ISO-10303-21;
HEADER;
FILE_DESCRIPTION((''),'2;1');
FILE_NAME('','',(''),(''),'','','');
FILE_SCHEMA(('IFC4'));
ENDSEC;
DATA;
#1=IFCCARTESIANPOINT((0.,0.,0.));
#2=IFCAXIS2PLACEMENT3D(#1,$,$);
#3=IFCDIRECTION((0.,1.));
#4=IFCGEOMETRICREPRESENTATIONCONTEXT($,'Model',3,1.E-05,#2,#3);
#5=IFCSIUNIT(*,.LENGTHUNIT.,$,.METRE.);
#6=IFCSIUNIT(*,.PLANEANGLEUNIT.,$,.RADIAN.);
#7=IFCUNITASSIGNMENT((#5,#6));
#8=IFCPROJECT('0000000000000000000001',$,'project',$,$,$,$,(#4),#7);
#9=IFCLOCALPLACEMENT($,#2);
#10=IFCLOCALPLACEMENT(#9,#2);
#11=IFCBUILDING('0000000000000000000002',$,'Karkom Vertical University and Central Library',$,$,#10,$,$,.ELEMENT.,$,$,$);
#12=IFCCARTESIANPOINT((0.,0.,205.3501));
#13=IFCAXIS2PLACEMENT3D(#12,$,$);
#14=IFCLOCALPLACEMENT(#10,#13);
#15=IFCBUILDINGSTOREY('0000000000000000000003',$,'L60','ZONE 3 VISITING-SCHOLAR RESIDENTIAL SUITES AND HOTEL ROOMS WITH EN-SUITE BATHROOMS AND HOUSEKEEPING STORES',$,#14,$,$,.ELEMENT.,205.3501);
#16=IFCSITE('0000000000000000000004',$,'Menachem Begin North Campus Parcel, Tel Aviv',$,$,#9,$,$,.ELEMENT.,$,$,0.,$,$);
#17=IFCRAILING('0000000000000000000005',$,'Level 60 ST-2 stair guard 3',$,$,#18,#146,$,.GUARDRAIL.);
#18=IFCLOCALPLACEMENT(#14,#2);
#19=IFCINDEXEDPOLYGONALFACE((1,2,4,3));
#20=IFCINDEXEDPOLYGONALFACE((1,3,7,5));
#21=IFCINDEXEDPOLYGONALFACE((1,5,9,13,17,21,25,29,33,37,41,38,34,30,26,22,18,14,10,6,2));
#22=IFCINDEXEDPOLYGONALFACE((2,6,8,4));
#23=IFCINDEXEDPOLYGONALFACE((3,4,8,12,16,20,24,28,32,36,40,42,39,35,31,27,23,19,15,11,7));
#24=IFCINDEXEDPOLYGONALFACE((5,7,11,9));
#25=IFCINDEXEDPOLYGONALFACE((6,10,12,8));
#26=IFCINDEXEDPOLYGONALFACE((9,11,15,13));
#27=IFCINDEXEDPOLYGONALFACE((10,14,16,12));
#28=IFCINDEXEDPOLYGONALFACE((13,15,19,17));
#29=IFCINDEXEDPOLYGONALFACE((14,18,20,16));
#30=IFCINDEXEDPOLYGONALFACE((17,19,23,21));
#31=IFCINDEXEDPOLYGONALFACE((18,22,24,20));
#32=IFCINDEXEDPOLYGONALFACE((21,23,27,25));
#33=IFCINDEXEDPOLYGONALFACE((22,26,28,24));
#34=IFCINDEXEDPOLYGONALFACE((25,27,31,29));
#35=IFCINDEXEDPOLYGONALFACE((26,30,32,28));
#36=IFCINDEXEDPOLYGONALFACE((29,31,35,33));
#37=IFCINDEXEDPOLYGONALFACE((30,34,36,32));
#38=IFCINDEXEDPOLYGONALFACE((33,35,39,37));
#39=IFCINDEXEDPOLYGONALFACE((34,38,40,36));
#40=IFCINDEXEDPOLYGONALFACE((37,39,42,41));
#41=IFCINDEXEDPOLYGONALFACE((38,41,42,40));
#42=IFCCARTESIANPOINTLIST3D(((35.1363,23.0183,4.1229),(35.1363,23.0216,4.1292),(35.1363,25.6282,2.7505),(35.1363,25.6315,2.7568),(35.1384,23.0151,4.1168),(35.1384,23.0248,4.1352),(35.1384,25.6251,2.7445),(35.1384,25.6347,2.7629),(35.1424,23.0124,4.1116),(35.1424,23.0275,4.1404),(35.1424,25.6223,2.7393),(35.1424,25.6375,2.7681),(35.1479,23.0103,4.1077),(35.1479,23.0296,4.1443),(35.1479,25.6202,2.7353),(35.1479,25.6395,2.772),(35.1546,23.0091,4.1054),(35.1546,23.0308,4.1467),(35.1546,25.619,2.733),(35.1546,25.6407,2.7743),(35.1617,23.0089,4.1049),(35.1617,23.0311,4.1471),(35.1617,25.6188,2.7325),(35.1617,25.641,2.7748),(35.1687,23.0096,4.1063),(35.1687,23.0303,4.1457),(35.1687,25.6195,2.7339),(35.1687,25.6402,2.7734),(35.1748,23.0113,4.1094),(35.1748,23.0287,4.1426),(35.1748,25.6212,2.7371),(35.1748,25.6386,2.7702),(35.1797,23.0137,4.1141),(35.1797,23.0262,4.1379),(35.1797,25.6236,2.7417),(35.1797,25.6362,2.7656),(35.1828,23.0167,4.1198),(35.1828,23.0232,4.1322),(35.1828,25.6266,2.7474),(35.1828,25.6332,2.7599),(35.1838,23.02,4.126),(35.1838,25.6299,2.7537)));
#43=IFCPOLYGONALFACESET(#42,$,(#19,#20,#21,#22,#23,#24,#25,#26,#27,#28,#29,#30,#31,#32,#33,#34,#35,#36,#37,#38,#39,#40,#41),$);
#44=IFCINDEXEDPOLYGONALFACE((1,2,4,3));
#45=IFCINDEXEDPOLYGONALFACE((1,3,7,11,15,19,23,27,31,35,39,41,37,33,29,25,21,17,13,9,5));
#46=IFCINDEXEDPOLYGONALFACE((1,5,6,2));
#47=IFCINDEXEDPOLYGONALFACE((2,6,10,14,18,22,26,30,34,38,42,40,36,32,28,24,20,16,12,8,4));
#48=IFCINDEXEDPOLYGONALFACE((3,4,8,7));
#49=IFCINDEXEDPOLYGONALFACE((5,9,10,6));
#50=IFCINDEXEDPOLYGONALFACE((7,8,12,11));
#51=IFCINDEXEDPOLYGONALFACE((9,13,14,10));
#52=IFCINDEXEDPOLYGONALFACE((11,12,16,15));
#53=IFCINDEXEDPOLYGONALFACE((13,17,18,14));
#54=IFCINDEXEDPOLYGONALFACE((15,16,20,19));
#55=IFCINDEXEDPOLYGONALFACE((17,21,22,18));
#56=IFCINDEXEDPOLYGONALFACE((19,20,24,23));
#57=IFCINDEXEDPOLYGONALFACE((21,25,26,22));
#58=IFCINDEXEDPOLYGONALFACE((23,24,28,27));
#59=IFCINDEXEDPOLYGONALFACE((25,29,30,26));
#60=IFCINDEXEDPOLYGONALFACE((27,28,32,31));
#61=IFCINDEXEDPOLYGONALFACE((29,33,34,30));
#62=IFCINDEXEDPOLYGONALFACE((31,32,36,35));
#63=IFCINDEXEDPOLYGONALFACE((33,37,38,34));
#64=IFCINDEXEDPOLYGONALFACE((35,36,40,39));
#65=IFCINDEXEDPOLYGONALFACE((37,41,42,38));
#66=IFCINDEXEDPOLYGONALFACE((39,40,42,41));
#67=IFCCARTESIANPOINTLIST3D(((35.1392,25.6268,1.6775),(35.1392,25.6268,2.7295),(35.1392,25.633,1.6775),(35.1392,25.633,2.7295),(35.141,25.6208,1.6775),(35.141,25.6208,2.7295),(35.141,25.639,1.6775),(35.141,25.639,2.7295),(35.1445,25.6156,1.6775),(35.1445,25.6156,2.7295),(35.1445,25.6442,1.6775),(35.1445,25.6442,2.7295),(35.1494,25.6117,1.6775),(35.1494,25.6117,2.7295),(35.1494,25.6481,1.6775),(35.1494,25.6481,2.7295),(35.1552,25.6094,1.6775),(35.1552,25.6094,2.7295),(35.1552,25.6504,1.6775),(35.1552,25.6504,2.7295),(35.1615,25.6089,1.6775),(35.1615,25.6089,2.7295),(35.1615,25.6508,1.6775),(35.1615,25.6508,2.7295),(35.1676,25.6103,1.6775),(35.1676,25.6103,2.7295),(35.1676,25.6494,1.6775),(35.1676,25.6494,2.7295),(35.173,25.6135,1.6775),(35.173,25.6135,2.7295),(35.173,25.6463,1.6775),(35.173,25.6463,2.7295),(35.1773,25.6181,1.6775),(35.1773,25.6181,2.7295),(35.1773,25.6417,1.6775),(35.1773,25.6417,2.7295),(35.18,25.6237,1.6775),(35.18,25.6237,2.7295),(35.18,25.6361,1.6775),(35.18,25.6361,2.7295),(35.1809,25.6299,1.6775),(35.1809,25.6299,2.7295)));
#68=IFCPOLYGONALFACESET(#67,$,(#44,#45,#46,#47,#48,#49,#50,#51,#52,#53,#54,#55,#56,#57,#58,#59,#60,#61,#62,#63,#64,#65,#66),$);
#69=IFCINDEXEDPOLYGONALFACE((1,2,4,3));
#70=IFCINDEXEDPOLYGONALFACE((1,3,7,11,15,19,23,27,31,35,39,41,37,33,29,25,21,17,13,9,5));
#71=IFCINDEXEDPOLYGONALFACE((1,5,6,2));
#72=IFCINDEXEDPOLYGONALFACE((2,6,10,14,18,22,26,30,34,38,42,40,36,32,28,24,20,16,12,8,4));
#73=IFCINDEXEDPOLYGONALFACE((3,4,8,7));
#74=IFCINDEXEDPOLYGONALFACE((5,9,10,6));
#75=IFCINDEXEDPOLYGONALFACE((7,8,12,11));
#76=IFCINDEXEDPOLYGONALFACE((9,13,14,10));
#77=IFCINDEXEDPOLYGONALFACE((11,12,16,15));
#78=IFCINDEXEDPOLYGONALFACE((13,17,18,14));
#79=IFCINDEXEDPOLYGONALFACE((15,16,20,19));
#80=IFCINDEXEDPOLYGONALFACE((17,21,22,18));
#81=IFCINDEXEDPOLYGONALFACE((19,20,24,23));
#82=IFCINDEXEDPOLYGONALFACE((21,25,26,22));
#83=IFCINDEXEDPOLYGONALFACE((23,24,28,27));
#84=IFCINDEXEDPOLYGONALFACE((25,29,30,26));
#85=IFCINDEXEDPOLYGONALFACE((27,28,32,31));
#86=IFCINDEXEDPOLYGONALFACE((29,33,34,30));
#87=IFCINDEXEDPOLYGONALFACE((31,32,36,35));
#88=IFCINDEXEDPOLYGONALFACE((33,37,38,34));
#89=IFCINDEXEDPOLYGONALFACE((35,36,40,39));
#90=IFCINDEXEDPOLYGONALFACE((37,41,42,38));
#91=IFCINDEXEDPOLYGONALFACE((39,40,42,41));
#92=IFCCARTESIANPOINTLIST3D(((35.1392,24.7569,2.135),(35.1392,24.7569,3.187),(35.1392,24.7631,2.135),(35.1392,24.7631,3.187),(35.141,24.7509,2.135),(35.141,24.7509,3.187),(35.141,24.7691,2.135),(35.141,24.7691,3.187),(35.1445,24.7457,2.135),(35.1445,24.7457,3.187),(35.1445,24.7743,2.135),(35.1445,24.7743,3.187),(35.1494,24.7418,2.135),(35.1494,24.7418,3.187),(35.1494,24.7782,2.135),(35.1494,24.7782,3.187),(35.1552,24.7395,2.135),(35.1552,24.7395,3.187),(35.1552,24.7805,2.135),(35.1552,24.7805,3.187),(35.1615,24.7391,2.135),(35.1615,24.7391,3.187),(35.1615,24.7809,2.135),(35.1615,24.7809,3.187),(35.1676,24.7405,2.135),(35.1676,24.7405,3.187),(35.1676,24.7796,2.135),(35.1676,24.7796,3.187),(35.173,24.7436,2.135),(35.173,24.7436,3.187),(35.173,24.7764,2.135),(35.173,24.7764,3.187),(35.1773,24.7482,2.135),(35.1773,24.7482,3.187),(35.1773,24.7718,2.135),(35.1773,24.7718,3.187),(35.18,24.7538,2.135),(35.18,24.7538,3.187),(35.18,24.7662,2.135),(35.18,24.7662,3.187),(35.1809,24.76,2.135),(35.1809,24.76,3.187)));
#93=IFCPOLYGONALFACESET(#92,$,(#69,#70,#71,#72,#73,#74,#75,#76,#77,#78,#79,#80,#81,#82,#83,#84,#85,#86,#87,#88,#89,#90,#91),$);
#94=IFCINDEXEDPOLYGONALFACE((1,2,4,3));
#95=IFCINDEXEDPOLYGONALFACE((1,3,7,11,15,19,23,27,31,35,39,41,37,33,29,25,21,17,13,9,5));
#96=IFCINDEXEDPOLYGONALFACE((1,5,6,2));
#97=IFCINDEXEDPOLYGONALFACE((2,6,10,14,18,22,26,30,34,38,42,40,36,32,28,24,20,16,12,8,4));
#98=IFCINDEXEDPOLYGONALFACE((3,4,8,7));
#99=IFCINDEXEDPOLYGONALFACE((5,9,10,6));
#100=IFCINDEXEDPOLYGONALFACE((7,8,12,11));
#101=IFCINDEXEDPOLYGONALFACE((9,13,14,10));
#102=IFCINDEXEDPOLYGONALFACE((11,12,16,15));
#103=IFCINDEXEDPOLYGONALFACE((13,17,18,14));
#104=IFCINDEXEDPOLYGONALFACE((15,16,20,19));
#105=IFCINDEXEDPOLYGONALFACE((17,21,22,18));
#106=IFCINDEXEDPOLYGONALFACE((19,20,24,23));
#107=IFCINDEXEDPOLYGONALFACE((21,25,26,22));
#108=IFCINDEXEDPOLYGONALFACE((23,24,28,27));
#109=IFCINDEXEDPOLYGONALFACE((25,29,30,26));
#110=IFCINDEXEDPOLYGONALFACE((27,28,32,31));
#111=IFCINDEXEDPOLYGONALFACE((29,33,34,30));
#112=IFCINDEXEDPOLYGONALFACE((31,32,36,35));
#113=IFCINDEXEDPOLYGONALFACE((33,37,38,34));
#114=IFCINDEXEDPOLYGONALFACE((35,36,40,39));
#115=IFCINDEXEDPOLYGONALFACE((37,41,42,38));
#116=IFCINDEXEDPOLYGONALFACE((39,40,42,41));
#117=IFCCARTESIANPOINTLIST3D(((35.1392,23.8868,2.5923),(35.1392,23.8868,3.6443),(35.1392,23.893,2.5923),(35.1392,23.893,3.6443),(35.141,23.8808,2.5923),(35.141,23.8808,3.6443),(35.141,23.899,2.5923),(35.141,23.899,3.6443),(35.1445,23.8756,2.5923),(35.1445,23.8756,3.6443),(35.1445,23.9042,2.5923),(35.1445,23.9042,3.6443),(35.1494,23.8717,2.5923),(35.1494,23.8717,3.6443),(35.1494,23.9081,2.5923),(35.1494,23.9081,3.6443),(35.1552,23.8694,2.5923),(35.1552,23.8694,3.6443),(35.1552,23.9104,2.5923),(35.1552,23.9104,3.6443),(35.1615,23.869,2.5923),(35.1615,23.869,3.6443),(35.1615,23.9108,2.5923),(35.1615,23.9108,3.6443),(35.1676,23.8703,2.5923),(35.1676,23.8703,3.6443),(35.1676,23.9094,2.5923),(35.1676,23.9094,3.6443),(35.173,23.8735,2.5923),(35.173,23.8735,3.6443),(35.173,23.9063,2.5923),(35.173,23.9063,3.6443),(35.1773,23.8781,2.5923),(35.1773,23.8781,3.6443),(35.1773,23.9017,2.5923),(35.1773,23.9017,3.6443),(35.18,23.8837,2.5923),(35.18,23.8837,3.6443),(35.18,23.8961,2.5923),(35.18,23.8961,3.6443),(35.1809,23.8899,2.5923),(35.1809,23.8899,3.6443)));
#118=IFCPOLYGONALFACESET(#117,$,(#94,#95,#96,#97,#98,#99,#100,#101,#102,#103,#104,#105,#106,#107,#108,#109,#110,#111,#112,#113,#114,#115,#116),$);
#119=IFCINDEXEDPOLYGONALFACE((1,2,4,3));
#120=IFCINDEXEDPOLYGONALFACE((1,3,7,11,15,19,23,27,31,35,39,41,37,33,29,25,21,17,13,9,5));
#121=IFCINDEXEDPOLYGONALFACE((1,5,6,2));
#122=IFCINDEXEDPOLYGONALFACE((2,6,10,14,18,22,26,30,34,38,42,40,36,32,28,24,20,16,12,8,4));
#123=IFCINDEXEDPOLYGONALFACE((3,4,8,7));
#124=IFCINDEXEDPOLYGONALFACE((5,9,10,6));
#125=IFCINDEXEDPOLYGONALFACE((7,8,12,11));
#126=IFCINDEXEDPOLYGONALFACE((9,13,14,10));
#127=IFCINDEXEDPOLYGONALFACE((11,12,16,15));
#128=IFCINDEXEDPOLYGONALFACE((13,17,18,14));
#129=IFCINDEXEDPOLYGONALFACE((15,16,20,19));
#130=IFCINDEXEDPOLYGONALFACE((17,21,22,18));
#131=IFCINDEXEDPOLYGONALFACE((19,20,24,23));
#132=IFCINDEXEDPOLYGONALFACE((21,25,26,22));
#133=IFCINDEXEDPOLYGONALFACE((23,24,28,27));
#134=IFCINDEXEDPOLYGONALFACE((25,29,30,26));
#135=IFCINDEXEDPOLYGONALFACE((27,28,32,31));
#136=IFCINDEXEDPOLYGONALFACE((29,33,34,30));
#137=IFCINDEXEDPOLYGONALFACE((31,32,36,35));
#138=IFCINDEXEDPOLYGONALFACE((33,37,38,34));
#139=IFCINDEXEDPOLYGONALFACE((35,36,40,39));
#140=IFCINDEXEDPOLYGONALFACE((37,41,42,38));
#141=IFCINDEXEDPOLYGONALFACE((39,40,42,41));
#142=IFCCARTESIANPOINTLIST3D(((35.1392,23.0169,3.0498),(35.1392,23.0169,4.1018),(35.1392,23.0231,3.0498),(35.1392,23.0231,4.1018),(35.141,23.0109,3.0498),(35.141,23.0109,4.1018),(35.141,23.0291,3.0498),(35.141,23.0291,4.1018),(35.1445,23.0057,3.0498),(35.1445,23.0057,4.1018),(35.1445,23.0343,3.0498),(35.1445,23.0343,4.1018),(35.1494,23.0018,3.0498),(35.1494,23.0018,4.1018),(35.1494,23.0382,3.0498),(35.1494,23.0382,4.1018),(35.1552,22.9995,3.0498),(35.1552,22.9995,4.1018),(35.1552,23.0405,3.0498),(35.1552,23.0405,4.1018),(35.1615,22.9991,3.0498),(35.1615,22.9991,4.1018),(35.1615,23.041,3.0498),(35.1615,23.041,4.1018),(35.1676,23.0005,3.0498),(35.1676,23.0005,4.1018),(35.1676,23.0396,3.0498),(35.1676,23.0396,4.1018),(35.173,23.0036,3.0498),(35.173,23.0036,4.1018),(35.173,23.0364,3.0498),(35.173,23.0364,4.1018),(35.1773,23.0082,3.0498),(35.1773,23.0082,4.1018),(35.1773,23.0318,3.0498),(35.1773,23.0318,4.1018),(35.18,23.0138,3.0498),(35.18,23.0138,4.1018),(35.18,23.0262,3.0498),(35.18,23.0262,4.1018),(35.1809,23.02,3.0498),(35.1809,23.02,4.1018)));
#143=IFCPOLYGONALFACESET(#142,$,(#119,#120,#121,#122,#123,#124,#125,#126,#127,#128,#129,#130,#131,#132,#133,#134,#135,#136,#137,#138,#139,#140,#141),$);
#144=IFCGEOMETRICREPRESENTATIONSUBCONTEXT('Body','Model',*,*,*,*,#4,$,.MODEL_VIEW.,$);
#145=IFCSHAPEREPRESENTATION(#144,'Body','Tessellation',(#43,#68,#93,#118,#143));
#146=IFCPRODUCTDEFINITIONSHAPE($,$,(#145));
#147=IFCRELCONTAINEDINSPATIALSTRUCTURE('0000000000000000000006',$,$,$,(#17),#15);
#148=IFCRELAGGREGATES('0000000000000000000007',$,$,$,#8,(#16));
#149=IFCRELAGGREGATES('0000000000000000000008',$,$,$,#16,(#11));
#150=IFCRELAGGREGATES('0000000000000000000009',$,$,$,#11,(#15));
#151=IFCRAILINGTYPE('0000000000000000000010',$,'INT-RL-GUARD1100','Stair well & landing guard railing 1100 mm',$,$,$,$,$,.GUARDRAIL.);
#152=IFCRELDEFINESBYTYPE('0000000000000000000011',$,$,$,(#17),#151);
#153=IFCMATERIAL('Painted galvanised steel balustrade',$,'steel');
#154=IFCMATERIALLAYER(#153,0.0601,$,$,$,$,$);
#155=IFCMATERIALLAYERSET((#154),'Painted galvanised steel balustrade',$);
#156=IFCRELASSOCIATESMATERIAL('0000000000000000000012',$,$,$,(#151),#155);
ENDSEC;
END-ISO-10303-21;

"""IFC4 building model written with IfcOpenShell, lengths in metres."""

from ifc_helpers import new_model, si_unit, direction, frame, origin, origin_2d, place, context, subcontext, project, spatial, circle, extrude, material, layer, layer_set, type_object, element, save


model = new_model("IFC4")

# Units and contexts
model_context = context("Model", 3, precision=1e-05, world=origin(), true_north=direction((0.0, 1.0)))
body_context = subcontext(model_context, "Body", "Model", "MODEL_VIEW")
ifc_project = project(units=[si_unit("LENGTHUNIT", "METRE"), si_unit("PLANEANGLEUNIT", "RADIAN")], contexts=[model_context])

# Site, building, storey
site_placement = place(None, origin())
site = spatial("IfcSite", under=ifc_project, at=site_placement, Name="Menachem Begin North Campus Parcel, Tel Aviv", CompositionType="ELEMENT", RefElevation=0.0)
building_placement = place(site_placement, origin())
building = spatial("IfcBuilding", under=site, at=building_placement, Name="Karkom Vertical University and Central Library", CompositionType="ELEMENT")
storey_placement = place(building_placement, frame((0.0, 0.0, 205.3501)))
storey = spatial("IfcBuildingStorey", under=building, at=storey_placement, Name="L60", Description="ZONE 3 VISITING-SCHOLAR RESIDENTIAL SUITES AND HOTEL ROOMS WITH EN-SUITE BATHROOMS AND HOUSEKEEPING STORES", CompositionType="ELEMENT", Elevation=205.3501)

# Railing
ifc_material_1 = material(Name="Painted galvanised steel balustrade", Category="steel")
ifc_layer_1 = layer(ifc_material_1, 0.0601)
ifc_layer_set_1 = layer_set([ifc_layer_1], Name="Painted galvanised steel balustrade")
railing_type_1 = type_object("IfcRailingType", Name="INT-RL-GUARD1100", Description="Stair well & landing guard railing 1100 mm", PredefinedType="GUARDRAIL", material=ifc_layer_set_1)
railing_1_placement = place(storey_placement, frame((35.1599, 25.6299, 1.6775)))
element("IfcRailing", 1, at=railing_1_placement, inside=storey, type_object=railing_type_1, Name="Level 60 ST-2 stair guard 3", PredefinedType="GUARDRAIL", context=body_context, shape_type="SweptSolid", body=[
    extrude(circle(Radius=0.0239, at=origin_2d()), frame((0.0, 0.0, 1.0762), z_axis=(0.0, -0.8851, 0.465402), x_axis=(1.0, 0.0, 0.0)), (0.0, 0.0, 1.0), 2.9487),
    extrude(circle(Radius=0.021, at=origin_2d()), origin(), (0.0, 0.0, 1.0), 1.052),
    extrude(circle(Radius=0.021, at=origin_2d()), frame((0.0, -0.8699, 0.4575)), (0.0, 0.0, 1.0), 1.052),
    extrude(circle(Radius=0.021, at=origin_2d()), frame((0.0, -1.74, 0.9148)), (0.0, 0.0, 1.0), 1.052),
    extrude(circle(Radius=0.021, at=origin_2d()), frame((0.0, -2.6099, 1.3723)), (0.0, 0.0, 1.0), 1.052),
])

save(model, "model.ifc")
